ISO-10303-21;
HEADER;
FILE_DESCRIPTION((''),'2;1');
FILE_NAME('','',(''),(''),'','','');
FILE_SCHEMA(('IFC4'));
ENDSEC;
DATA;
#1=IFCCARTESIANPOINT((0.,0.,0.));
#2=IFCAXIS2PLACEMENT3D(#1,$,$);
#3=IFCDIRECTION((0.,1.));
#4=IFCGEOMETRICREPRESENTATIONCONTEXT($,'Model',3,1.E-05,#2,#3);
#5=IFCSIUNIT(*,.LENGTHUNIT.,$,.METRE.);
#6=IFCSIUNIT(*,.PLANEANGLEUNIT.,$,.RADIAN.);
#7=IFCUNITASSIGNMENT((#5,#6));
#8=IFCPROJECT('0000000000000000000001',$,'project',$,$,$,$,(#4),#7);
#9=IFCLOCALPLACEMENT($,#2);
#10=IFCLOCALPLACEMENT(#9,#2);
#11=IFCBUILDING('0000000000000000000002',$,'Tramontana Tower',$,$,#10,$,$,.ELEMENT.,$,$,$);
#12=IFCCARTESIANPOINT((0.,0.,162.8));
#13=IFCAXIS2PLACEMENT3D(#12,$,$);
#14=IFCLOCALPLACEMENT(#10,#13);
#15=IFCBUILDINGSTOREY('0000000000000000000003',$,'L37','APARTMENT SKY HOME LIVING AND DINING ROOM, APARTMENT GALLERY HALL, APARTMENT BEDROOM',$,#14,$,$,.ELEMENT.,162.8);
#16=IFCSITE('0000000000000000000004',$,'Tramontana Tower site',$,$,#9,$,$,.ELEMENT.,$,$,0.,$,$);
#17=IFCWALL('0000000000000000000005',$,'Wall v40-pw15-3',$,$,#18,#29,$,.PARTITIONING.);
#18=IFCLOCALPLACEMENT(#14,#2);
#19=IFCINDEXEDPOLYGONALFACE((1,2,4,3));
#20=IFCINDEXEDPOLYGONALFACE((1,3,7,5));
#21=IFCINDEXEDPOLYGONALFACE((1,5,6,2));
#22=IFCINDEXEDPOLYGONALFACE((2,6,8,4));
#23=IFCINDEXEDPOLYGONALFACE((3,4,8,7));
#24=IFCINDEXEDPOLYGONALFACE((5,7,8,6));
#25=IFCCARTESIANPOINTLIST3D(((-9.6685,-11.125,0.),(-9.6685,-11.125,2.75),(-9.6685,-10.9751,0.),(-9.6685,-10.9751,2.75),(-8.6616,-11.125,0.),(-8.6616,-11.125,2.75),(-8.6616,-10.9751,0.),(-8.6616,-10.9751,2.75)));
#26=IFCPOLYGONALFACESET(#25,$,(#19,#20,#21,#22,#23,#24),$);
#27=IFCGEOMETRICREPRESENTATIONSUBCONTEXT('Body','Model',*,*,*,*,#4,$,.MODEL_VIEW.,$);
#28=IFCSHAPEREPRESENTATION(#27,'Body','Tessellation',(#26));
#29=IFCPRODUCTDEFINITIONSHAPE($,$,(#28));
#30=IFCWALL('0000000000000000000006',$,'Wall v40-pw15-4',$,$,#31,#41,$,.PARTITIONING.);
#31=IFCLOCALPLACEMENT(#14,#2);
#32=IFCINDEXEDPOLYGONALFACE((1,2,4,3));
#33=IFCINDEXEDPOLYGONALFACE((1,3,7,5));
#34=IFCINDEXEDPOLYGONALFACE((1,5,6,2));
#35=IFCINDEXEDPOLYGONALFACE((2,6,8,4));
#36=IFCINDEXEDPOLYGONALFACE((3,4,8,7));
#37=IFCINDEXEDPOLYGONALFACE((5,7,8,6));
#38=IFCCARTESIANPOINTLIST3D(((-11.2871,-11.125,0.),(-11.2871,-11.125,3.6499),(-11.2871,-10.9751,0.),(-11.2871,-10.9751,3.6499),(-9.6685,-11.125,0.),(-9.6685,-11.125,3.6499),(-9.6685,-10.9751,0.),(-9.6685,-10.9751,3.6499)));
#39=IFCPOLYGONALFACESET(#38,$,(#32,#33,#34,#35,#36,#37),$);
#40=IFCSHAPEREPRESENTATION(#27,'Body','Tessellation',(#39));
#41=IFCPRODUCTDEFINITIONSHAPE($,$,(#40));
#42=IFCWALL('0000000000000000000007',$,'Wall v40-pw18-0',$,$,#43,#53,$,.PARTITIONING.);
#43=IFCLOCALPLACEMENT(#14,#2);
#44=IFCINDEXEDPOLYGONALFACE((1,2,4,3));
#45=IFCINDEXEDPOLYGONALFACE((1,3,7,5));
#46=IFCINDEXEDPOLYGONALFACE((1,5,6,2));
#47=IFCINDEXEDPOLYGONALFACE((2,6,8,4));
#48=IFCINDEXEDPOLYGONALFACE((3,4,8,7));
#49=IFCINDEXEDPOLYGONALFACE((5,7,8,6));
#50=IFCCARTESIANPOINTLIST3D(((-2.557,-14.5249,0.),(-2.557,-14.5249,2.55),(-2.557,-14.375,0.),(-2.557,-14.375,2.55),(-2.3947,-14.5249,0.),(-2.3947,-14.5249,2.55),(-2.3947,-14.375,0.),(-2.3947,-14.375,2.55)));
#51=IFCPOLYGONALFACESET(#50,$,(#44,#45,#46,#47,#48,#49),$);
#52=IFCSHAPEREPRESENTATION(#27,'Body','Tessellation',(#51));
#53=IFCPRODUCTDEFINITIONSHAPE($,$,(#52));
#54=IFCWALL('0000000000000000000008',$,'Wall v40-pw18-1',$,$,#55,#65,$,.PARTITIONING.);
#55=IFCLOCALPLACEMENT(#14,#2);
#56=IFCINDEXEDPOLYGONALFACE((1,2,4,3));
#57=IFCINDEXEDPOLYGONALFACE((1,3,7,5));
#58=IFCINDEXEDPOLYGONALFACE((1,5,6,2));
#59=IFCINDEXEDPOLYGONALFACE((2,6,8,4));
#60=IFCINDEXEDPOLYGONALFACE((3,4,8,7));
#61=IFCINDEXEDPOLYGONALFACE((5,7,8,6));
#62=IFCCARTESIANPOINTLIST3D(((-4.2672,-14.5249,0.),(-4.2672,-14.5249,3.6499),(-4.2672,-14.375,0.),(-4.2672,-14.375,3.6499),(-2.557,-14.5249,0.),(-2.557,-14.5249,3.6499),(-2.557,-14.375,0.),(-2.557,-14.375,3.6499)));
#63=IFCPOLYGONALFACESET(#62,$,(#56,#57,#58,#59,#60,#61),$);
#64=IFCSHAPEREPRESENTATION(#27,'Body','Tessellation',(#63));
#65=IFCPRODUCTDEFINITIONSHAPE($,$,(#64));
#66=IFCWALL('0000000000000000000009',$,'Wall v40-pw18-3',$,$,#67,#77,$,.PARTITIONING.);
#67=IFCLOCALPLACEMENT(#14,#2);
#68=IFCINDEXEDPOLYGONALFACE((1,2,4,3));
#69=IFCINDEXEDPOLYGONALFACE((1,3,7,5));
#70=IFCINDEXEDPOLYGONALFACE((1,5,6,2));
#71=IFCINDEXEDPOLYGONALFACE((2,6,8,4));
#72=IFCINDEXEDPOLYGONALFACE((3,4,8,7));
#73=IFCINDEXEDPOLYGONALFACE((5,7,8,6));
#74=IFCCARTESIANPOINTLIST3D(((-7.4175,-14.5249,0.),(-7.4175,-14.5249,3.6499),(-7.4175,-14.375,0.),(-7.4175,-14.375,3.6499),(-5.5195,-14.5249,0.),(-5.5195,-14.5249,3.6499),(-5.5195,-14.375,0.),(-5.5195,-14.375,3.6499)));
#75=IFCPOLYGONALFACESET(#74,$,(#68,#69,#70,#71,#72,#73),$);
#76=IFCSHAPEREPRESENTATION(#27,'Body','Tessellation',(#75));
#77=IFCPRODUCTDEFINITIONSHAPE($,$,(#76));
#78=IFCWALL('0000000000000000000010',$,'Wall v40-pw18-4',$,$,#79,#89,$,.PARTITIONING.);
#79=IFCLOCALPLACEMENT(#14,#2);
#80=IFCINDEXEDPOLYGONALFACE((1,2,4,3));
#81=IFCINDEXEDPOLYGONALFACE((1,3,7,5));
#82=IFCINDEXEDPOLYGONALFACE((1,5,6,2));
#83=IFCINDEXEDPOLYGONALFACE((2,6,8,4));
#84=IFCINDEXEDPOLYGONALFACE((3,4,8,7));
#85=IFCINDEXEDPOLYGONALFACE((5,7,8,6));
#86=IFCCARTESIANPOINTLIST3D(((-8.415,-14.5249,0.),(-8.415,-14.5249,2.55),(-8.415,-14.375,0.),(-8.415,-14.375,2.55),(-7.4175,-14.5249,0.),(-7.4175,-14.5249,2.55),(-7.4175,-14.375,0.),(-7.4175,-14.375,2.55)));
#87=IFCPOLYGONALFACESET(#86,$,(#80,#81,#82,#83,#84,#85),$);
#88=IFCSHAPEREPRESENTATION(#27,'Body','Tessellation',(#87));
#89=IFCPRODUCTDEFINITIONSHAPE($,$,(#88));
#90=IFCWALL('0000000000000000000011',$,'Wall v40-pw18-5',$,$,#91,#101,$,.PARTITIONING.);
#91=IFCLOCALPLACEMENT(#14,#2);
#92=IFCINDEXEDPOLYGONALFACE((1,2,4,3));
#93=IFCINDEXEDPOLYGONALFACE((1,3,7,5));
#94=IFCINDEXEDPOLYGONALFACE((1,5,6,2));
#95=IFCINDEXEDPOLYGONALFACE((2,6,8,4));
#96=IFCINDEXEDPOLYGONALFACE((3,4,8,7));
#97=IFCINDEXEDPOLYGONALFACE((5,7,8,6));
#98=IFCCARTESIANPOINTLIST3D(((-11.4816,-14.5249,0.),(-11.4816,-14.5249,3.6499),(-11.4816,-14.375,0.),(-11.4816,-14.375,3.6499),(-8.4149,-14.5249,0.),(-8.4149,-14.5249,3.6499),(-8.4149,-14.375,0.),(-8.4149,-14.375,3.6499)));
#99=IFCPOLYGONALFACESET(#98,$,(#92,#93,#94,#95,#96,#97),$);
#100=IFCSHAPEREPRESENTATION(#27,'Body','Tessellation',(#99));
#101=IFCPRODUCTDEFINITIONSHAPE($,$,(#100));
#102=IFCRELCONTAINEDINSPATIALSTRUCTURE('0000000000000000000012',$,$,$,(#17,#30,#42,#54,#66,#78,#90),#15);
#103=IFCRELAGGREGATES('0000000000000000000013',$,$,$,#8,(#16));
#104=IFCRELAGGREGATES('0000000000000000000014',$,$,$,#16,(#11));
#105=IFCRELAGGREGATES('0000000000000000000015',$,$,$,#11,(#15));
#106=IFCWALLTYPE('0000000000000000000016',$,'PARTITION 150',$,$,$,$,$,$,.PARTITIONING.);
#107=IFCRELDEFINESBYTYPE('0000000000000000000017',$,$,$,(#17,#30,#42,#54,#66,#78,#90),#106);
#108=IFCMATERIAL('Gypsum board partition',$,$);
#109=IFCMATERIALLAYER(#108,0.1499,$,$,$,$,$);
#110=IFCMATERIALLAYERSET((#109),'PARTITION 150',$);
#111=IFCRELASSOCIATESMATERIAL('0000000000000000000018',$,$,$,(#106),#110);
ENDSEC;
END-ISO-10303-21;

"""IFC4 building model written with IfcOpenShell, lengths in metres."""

from ifc_helpers import new_model, si_unit, direction, frame, frame_2d, origin, place, context, subcontext, project, spatial, rectangle, extrude, material, layer, layer_set, type_object, element, save


model = new_model("IFC4")

# Units and contexts
model_context = context("Model", 3, precision=1e-05, world=origin(), true_north=direction((0.0, 1.0)))
body_context = subcontext(model_context, "Body", "Model", "MODEL_VIEW")
ifc_project = project(units=[si_unit("LENGTHUNIT", "METRE"), si_unit("PLANEANGLEUNIT", "RADIAN")], contexts=[model_context])

# Site, building, storey
site_placement = place(None, origin())
site = spatial("IfcSite", under=ifc_project, at=site_placement, Name="Tramontana Tower site", CompositionType="ELEMENT", RefElevation=0.0)
building_placement = place(site_placement, origin())
building = spatial("IfcBuilding", under=site, at=building_placement, Name="Tramontana Tower", CompositionType="ELEMENT")
storey_placement = place(building_placement, frame((0.0, 0.0, 162.8)))
storey = spatial("IfcBuildingStorey", under=building, at=storey_placement, Name="L37", Description="APARTMENT SKY HOME LIVING AND DINING ROOM, APARTMENT GALLERY HALL, APARTMENT BEDROOM", CompositionType="ELEMENT", Elevation=162.8)

# Shared definitions
ifc_material_1 = material(Name="Gypsum board partition")
ifc_layer_1 = layer(ifc_material_1, 0.1499)
ifc_layer_set_1 = layer_set([ifc_layer_1], Name="PARTITION 150")
wall_type_1 = type_object("IfcWallType", Name="PARTITION 150", PredefinedType="PARTITIONING", material=ifc_layer_set_1)

# Walls
wall_1_placement = place(storey_placement, frame((-8.6616, -11.05, 0.0), z_axis=(0.0, 0.0, 1.0), x_axis=(-1.0, 0.0, 0.0)))
element("IfcWall", 1, at=wall_1_placement, inside=storey, type_object=wall_type_1, Name="Wall v40-pw15-3", PredefinedType="PARTITIONING", context=body_context, shape_type="SweptSolid", body=[
    extrude(rectangle(XDim=1.0068, YDim=0.1499, at=frame_2d((0.5034, 0.0))), origin(), (0.0, 0.0, 1.0), 2.75),
])
wall_2_placement = place(storey_placement, frame((-9.6685, -11.05, 0.0), z_axis=(0.0, 0.0, 1.0), x_axis=(-1.0, 0.0, 0.0)))
element("IfcWall", 2, at=wall_2_placement, inside=storey, type_object=wall_type_1, Name="Wall v40-pw15-4", PredefinedType="PARTITIONING", context=body_context, shape_type="SweptSolid", body=[
    extrude(rectangle(XDim=1.6187, YDim=0.1499, at=frame_2d((0.8093, 0.0))), origin(), (0.0, 0.0, 1.0), 3.6499),
])

# Walls
wall_3_placement = place(storey_placement, frame((-2.3948, -14.45, 0.0), z_axis=(0.0, 0.0, 1.0), x_axis=(-1.0, 0.0, 0.0)))
element("IfcWall", 3, at=wall_3_placement, inside=storey, type_object=wall_type_1, Name="Wall v40-pw18-0", PredefinedType="PARTITIONING", context=body_context, shape_type="SweptSolid", body=[
    extrude(rectangle(XDim=0.1624, YDim=0.1499, at=frame_2d((0.0811, 0.0))), origin(), (0.0, 0.0, 1.0), 2.55),
])
wall_4_placement = place(storey_placement, frame((-2.5571, -14.45, 0.0), z_axis=(0.0, 0.0, 1.0), x_axis=(-1.0, 0.0, 0.0)))
element("IfcWall", 4, at=wall_4_placement, inside=storey, type_object=wall_type_1, Name="Wall v40-pw18-1", PredefinedType="PARTITIONING", context=body_context, shape_type="SweptSolid", body=[
    extrude(rectangle(XDim=1.7102, YDim=0.1499, at=frame_2d((0.855, 0.0))), origin(), (0.0, 0.0, 1.0), 3.6499),
])

# Walls
wall_5_placement = place(storey_placement, frame((-5.5195, -14.45, 0.0), z_axis=(0.0, 0.0, 1.0), x_axis=(-1.0, 0.0, 0.0)))
element("IfcWall", 5, at=wall_5_placement, inside=storey, type_object=wall_type_1, Name="Wall v40-pw18-3", PredefinedType="PARTITIONING", context=body_context, shape_type="SweptSolid", body=[
    extrude(rectangle(XDim=1.8979, YDim=0.1499, at=frame_2d((0.949, 0.0))), origin(), (0.0, 0.0, 1.0), 3.6499),
])
wall_6_placement = place(storey_placement, frame((-7.4175, -14.45, 0.0), z_axis=(0.0, 0.0, 1.0), x_axis=(-1.0, 0.0, 0.0)))
element("IfcWall", 6, at=wall_6_placement, inside=storey, type_object=wall_type_1, Name="Wall v40-pw18-4", PredefinedType="PARTITIONING", context=body_context, shape_type="SweptSolid", body=[
    extrude(rectangle(XDim=0.9976, YDim=0.1499, at=frame_2d((0.4988, 0.0))), origin(), (0.0, 0.0, 1.0), 2.55),
])
wall_7_placement = place(storey_placement, frame((-8.415, -14.45, 0.0), z_axis=(0.0, 0.0, 1.0), x_axis=(-1.0, 0.0, 0.0)))
element("IfcWall", 7, at=wall_7_placement, inside=storey, type_object=wall_type_1, Name="Wall v40-pw18-5", PredefinedType="PARTITIONING", context=body_context, shape_type="SweptSolid", body=[
    extrude(rectangle(XDim=3.0667, YDim=0.1499, at=frame_2d((1.5332, 0.0))), origin(), (0.0, 0.0, 1.0), 3.6499),
])

save(model, "model.ifc")
